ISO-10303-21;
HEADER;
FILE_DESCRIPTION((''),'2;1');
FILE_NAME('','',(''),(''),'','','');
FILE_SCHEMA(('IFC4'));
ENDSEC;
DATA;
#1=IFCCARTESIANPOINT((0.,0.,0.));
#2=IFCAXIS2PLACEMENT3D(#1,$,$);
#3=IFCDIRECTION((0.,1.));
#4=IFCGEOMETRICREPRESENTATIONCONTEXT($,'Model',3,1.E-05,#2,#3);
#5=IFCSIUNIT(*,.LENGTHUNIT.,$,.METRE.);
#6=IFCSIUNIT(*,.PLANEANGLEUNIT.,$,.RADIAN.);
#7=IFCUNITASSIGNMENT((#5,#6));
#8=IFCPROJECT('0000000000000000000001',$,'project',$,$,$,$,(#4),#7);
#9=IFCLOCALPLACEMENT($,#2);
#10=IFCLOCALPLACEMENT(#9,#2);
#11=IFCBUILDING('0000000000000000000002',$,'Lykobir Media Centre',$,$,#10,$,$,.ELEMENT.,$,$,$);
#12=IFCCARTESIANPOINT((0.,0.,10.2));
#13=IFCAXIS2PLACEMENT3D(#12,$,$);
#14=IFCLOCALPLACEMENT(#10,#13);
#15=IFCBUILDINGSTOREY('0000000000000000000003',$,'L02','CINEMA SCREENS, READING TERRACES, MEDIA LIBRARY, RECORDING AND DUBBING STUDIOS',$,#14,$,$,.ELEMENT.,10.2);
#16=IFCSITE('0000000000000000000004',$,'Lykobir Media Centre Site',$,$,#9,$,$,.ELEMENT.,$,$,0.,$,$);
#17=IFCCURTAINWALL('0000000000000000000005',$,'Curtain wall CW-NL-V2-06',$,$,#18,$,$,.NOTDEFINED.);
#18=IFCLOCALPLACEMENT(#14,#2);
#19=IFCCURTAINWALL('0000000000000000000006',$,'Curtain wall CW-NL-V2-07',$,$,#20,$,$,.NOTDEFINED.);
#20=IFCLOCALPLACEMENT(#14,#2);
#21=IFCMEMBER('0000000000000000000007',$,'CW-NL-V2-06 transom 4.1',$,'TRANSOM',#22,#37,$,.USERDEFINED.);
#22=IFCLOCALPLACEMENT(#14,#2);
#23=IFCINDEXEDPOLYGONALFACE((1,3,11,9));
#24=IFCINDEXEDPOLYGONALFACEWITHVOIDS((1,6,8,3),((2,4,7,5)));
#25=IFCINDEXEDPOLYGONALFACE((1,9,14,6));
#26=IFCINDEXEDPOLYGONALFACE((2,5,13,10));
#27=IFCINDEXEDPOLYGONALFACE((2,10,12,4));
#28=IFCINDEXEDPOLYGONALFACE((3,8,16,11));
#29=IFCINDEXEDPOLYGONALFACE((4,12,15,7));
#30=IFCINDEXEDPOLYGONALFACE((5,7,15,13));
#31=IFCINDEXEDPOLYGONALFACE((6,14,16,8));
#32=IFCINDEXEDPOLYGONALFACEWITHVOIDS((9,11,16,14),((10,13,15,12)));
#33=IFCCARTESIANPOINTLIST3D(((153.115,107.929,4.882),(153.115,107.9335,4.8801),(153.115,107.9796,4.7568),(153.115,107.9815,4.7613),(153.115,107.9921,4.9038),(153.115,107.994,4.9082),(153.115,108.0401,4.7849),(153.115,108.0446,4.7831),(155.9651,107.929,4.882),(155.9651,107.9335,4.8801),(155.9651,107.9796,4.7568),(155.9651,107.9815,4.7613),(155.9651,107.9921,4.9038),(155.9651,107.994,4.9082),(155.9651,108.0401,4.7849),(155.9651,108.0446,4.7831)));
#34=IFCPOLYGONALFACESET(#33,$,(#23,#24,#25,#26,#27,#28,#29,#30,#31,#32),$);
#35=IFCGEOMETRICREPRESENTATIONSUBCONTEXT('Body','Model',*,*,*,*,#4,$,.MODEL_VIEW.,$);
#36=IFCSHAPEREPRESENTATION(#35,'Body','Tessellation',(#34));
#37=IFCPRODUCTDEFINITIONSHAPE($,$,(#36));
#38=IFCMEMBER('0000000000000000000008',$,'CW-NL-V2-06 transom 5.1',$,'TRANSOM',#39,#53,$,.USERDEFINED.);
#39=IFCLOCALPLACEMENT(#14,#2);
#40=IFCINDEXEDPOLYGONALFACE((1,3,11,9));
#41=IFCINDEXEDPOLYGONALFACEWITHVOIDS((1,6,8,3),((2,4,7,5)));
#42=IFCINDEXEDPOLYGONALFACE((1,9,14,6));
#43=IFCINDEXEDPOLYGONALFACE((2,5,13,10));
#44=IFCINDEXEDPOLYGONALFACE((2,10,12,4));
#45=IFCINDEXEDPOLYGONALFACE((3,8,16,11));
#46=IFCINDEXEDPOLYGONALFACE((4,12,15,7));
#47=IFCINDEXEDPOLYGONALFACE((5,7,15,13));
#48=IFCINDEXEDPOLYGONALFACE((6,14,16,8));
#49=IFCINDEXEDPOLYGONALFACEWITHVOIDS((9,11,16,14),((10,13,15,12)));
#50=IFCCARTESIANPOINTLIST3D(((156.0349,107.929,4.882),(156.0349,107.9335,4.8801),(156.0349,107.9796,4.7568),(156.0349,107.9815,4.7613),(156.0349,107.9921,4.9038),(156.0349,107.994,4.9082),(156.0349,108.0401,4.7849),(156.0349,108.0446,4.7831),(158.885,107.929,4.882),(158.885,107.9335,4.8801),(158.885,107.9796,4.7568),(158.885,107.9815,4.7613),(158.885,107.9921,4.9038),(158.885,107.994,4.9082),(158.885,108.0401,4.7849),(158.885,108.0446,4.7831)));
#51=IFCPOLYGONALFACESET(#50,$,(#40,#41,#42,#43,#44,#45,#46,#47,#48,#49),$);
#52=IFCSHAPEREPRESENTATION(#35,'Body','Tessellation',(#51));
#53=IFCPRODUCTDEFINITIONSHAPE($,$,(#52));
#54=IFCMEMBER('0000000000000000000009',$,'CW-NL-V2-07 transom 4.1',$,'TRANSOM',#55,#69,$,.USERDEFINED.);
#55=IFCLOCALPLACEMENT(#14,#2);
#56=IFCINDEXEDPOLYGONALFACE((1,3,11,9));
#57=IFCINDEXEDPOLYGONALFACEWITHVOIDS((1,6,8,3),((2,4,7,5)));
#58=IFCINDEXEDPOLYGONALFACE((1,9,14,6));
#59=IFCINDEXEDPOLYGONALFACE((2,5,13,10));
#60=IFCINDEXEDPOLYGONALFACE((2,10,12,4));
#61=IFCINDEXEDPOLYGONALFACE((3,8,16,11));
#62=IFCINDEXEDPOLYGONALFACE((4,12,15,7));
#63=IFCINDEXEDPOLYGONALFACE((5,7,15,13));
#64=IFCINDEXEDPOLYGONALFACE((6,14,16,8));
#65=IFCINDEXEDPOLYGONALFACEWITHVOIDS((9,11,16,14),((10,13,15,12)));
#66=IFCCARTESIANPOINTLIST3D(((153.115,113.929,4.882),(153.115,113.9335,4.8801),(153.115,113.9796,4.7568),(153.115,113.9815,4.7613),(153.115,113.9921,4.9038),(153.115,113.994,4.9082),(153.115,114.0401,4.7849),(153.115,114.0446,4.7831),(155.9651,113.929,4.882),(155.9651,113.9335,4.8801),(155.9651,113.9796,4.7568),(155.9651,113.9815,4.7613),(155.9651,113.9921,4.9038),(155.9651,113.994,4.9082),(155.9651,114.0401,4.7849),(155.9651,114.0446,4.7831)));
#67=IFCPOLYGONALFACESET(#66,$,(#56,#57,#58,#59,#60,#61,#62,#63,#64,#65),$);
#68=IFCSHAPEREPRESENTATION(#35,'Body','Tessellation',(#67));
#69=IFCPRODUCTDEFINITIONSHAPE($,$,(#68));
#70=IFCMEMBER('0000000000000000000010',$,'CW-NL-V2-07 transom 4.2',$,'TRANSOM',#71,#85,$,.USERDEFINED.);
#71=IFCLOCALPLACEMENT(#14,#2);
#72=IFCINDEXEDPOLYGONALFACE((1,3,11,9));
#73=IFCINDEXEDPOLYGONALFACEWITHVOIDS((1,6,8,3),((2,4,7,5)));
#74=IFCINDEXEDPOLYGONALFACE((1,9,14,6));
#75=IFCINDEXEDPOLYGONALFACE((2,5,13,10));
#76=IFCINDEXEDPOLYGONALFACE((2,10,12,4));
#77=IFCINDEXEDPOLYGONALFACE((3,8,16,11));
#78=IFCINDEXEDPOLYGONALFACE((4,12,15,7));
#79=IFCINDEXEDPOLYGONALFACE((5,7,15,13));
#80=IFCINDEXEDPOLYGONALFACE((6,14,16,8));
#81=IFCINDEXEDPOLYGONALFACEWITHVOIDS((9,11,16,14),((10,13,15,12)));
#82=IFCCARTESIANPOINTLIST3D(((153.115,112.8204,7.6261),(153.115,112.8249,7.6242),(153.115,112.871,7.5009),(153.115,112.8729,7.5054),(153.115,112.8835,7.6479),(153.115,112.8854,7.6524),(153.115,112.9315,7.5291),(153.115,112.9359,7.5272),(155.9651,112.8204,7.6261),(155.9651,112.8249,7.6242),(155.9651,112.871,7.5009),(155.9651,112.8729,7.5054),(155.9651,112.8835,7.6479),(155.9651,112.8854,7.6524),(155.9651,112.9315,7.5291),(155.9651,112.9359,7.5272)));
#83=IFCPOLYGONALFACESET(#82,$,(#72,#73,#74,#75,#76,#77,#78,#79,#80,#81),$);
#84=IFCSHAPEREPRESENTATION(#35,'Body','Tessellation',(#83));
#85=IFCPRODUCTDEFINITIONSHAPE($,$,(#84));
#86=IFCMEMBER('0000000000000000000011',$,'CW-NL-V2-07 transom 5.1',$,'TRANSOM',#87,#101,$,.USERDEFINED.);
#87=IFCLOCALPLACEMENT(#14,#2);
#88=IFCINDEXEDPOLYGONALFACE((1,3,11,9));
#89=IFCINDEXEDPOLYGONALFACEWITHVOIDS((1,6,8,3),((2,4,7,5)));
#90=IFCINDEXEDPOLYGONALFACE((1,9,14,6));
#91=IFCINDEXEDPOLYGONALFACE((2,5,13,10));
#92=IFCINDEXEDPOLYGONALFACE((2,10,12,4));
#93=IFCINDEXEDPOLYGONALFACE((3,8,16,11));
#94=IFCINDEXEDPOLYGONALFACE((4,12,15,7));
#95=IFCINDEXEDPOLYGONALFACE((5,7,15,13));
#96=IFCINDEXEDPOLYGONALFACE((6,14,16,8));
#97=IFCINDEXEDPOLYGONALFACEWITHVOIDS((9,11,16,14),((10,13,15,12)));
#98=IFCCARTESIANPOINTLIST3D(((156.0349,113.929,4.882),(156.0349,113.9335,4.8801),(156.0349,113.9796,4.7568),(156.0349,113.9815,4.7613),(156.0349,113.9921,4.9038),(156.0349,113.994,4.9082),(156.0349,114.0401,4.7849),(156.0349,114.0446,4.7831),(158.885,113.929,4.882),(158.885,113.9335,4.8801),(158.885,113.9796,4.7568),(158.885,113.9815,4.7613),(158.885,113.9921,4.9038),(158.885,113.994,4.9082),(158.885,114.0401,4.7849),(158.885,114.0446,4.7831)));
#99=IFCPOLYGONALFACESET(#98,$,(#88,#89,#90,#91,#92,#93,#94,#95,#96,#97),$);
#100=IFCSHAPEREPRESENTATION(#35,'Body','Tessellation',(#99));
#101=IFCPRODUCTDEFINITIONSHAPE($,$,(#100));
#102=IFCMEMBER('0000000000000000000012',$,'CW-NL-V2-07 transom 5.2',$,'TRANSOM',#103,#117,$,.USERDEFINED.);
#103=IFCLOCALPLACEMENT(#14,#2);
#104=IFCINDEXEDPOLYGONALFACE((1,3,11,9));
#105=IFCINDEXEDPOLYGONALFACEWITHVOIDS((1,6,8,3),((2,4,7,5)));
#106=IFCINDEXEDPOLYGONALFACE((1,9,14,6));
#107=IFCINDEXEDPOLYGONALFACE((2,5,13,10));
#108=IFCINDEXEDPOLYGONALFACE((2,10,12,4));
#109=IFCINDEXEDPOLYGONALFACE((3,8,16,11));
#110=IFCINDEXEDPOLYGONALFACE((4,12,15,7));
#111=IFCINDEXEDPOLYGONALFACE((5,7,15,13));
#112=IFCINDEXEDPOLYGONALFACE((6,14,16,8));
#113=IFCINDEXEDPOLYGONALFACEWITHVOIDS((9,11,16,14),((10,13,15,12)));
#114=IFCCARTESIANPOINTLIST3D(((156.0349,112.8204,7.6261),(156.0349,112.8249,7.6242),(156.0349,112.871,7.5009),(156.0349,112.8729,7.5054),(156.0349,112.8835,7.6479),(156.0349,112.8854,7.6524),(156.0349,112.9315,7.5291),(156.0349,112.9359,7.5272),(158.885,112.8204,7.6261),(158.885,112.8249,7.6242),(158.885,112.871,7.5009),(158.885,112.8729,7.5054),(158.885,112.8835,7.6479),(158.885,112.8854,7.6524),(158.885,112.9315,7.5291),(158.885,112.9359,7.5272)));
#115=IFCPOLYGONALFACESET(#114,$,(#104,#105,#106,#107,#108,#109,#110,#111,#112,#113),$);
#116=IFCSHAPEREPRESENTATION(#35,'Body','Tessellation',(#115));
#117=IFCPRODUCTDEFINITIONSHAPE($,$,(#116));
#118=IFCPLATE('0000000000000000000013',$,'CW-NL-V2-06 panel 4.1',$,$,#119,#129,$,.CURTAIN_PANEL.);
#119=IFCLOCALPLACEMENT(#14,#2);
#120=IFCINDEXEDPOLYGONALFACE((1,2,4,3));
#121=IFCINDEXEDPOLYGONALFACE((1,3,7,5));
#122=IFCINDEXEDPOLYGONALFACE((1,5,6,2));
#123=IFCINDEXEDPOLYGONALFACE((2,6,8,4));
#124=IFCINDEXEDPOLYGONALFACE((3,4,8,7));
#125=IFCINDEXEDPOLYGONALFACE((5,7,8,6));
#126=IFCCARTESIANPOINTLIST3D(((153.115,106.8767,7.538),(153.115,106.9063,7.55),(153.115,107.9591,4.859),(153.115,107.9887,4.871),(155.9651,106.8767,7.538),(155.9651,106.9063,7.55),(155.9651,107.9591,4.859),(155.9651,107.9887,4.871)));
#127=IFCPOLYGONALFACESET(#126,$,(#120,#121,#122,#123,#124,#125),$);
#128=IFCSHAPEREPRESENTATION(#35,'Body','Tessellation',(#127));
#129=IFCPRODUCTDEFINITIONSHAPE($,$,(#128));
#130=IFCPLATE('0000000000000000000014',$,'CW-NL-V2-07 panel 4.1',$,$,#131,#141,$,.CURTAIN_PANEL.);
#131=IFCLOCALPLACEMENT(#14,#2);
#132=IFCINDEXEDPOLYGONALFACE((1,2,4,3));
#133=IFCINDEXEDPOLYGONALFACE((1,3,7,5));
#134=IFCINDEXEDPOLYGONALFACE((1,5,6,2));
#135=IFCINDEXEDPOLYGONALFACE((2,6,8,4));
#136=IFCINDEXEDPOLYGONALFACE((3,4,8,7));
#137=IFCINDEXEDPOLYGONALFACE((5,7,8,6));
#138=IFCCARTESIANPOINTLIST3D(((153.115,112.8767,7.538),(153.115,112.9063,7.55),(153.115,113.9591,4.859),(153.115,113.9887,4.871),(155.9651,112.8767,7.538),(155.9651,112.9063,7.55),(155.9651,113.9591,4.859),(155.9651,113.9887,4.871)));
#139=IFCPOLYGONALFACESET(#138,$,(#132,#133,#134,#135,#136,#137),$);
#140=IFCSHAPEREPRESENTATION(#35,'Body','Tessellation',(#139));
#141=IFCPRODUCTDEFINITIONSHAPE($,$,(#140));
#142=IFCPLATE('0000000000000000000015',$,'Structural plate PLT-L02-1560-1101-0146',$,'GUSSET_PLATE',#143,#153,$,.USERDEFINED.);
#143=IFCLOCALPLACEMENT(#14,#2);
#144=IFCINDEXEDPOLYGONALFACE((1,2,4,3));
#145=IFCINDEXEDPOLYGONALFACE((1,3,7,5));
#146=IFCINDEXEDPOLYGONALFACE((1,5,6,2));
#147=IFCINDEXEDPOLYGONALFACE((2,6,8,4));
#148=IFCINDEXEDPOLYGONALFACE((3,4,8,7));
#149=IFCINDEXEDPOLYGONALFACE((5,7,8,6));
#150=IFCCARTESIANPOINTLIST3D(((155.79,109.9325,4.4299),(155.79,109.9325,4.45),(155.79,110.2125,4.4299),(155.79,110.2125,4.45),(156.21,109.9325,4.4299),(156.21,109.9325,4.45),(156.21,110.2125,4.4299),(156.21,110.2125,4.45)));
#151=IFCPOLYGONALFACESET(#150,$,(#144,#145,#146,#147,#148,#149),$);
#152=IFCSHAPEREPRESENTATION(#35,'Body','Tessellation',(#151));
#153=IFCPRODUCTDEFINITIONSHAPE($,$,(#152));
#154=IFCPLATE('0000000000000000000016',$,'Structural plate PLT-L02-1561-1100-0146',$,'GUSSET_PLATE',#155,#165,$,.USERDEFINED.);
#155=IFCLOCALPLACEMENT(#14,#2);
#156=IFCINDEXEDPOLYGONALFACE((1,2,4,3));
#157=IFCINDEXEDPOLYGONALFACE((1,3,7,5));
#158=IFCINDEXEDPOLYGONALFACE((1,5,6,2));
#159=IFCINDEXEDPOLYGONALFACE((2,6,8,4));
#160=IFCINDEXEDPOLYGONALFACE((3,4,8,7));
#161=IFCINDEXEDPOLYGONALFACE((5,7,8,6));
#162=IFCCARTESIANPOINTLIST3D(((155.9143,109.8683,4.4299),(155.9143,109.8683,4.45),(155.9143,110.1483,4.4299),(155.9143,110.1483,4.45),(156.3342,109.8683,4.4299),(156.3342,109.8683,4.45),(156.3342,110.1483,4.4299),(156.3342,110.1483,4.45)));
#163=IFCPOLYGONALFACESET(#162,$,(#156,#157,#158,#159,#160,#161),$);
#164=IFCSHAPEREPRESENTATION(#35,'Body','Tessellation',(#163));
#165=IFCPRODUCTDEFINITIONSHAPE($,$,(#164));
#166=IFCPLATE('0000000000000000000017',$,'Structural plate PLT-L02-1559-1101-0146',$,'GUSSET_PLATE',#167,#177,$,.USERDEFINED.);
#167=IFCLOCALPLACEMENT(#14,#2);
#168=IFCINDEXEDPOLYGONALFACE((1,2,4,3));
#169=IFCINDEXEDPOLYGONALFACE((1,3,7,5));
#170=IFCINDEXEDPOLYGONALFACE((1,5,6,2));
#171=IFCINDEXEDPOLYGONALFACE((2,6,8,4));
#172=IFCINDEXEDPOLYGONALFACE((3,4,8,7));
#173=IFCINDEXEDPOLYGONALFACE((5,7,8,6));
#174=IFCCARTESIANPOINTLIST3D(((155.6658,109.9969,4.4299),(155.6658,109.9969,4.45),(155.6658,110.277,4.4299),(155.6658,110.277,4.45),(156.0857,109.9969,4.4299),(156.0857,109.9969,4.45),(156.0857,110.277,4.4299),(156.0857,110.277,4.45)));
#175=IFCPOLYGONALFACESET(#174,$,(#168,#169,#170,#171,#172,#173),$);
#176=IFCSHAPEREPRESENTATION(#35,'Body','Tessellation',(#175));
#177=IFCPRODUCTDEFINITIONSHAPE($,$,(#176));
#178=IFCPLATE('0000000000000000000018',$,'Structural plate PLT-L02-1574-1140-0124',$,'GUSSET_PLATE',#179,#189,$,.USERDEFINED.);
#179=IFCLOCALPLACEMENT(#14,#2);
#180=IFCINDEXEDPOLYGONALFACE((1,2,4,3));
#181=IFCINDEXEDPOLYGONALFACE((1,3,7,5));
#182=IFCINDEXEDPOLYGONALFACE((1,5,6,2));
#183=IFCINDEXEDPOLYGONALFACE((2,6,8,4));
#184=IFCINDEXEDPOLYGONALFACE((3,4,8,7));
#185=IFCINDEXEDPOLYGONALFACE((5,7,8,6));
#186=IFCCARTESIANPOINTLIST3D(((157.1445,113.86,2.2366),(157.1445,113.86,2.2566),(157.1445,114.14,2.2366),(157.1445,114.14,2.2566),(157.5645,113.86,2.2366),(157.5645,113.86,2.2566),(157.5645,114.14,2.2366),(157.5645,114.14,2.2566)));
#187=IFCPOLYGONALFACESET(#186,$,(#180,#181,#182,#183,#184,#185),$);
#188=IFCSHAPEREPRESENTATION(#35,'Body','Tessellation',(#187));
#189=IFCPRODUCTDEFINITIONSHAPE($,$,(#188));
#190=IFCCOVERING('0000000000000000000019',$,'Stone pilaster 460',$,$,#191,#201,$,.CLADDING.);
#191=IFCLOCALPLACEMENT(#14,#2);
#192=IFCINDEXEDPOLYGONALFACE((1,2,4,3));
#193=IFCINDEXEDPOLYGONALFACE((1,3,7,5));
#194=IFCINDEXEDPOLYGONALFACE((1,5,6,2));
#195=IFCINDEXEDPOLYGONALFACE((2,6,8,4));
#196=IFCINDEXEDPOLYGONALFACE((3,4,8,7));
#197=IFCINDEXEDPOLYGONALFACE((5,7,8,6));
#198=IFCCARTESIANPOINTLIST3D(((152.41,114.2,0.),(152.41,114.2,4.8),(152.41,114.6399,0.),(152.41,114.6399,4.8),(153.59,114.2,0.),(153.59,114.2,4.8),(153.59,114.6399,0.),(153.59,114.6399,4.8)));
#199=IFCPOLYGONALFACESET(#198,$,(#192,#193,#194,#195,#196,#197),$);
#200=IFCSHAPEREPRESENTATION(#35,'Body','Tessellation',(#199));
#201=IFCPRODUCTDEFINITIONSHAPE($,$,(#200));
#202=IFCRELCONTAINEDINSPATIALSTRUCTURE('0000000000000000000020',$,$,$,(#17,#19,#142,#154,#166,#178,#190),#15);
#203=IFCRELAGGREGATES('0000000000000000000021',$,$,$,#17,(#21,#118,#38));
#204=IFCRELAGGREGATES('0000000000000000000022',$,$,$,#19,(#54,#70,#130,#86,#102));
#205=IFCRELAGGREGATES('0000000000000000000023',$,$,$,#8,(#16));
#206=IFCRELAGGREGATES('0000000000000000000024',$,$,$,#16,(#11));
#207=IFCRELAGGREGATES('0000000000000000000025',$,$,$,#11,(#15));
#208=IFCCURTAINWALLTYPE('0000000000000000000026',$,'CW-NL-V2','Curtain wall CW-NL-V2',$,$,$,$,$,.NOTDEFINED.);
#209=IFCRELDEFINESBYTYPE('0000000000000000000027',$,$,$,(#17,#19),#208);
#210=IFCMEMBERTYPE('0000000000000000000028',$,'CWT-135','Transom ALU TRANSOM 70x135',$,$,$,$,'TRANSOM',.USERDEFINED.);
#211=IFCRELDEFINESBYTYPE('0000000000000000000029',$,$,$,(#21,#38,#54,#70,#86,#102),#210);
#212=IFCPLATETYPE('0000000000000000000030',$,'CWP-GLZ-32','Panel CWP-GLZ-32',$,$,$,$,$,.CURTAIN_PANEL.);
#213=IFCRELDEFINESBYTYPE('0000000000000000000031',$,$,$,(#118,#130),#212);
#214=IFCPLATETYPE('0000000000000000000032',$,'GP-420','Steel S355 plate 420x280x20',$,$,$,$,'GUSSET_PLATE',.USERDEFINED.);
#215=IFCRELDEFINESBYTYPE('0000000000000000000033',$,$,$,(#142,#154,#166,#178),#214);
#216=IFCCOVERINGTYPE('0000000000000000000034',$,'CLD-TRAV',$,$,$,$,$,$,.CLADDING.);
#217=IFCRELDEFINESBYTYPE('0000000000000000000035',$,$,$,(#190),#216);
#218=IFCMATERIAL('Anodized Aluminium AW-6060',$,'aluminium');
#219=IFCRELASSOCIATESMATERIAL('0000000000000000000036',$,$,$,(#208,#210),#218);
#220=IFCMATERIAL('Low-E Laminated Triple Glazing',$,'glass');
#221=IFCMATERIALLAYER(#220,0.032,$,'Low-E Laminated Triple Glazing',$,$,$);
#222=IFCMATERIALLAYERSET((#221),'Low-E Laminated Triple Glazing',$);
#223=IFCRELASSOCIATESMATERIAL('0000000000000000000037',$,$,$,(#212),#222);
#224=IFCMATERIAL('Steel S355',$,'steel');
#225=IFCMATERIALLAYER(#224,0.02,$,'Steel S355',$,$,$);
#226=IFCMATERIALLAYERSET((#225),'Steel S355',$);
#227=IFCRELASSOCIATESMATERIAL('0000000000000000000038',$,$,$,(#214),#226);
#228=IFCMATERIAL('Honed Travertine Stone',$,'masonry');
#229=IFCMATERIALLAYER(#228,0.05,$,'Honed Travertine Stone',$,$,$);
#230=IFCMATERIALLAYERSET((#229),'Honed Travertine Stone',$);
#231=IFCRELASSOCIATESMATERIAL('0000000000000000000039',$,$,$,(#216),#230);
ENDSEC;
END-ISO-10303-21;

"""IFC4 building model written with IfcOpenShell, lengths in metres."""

from ifc_helpers import new_model, si_unit, direction, frame, origin, origin_2d, place, context, subcontext, project, spatial, rectangle, hollow_rectangle, extrude, material, layer, layer_set, material_profile, profile_set, type_object, element, aggregate, save


model = new_model("IFC4")

# Units and contexts
model_context = context("Model", 3, precision=1e-05, world=origin(), true_north=direction((0.0, 1.0)))
body_context = subcontext(model_context, "Body", "Model", "MODEL_VIEW")
ifc_project = project(units=[si_unit("LENGTHUNIT", "METRE"), si_unit("PLANEANGLEUNIT", "RADIAN")], contexts=[model_context])

# Site, building, storey
site_placement = place(None, origin())
site = spatial("IfcSite", under=ifc_project, at=site_placement, Name="Lykobir Media Centre Site", CompositionType="ELEMENT", RefElevation=0.0)
building_placement = place(site_placement, origin())
building = spatial("IfcBuilding", under=site, at=building_placement, Name="Lykobir Media Centre", CompositionType="ELEMENT")
storey_placement = place(building_placement, frame((0.0, 0.0, 10.2)))
storey = spatial("IfcBuildingStorey", under=building, at=storey_placement, Name="L02", Description="CINEMA SCREENS, READING TERRACES, MEDIA LIBRARY, RECORDING AND DUBBING STUDIOS", CompositionType="ELEMENT", Elevation=10.2)

# Shared definitions
ifc_material_1 = material(Name="Steel S355", Category="steel")

# Curtain walls
ifc_material_2 = material(Name="Anodized Aluminium AW-6060", Category="aluminium")
curtain_wall_type = type_object("IfcCurtainWallType", Name="CW-NL-V2", Description="Curtain wall CW-NL-V2", PredefinedType="NOTDEFINED", material=ifc_material_2)
curtain_wall_1_placement = place(storey_placement, origin())
curtain_wall_1 = element("IfcCurtainWall", 1, at=curtain_wall_1_placement, inside=storey, type_object=curtain_wall_type, Name="Curtain wall CW-NL-V2-06", PredefinedType="NOTDEFINED")
curtain_wall_2_placement = place(storey_placement, origin())
curtain_wall_2 = element("IfcCurtainWall", 2, at=curtain_wall_2_placement, inside=storey, type_object=curtain_wall_type, Name="Curtain wall CW-NL-V2-07", PredefinedType="NOTDEFINED")

# Members
ifc_material_profile_1 = material_profile(ifc_material_2, hollow_rectangle(XDim=0.0701, YDim=0.135, WallThickness=0.0034, at=origin_2d()), Name="ALU TRANSOM 70x135")
ifc_profile_set_1 = profile_set([ifc_material_profile_1], Name="Anodized Aluminium AW-6060")
member_type_1 = type_object("IfcMemberType", Name="CWT-135", Description="Transom ALU TRANSOM 70x135", ElementType="TRANSOM", PredefinedType="USERDEFINED", material=ifc_profile_set_1)
member_1_placement = place(storey_placement, frame((153.115, 107.9868, 4.8325), z_axis=(1.0, 0.0, 0.0), x_axis=(0.0, 0.927184, 0.374607)))
member_1 = element("IfcMember", 3, at=member_1_placement, type_object=member_type_1, Name="CW-NL-V2-06 transom 4.1", ObjectType="TRANSOM", PredefinedType="USERDEFINED", context=body_context, shape_type="SweptSolid", body=[
    extrude(hollow_rectangle(XDim=0.0701, YDim=0.135, WallThickness=0.0034, at=origin_2d()), origin(), (0.0, 0.0, 1.0), 2.8501),
])
member_2_placement = place(storey_placement, frame((156.0349, 107.9868, 4.8325), z_axis=(1.0, 0.0, 0.0), x_axis=(0.0, 0.927184, 0.374607)))
member_2 = element("IfcMember", 4, at=member_2_placement, type_object=member_type_1, Name="CW-NL-V2-06 transom 5.1", ObjectType="TRANSOM", PredefinedType="USERDEFINED", context=body_context, shape_type="SweptSolid", body=[
    extrude(hollow_rectangle(XDim=0.0701, YDim=0.135, WallThickness=0.0034, at=origin_2d()), origin(), (0.0, 0.0, 1.0), 2.8501),
])
member_3_placement = place(storey_placement, frame((153.115, 113.9868, 4.8325), z_axis=(1.0, 0.0, 0.0), x_axis=(0.0, 0.927184, 0.374607)))
member_3 = element("IfcMember", 5, at=member_3_placement, type_object=member_type_1, Name="CW-NL-V2-07 transom 4.1", ObjectType="TRANSOM", PredefinedType="USERDEFINED", context=body_context, shape_type="SweptSolid", body=[
    extrude(hollow_rectangle(XDim=0.0701, YDim=0.135, WallThickness=0.0034, at=origin_2d()), origin(), (0.0, 0.0, 1.0), 2.8501),
])
member_4_placement = place(storey_placement, frame((153.115, 112.8782, 7.5767), z_axis=(1.0, 0.0, 0.0), x_axis=(0.0, 0.927184, 0.374607)))
member_4 = element("IfcMember", 6, at=member_4_placement, type_object=member_type_1, Name="CW-NL-V2-07 transom 4.2", ObjectType="TRANSOM", PredefinedType="USERDEFINED", context=body_context, shape_type="SweptSolid", body=[
    extrude(hollow_rectangle(XDim=0.0701, YDim=0.135, WallThickness=0.0034, at=origin_2d()), origin(), (0.0, 0.0, 1.0), 2.8501),
])
member_5_placement = place(storey_placement, frame((156.0349, 113.9868, 4.8325), z_axis=(1.0, 0.0, 0.0), x_axis=(0.0, 0.927184, 0.374607)))
member_5 = element("IfcMember", 7, at=member_5_placement, type_object=member_type_1, Name="CW-NL-V2-07 transom 5.1", ObjectType="TRANSOM", PredefinedType="USERDEFINED", context=body_context, shape_type="SweptSolid", body=[
    extrude(hollow_rectangle(XDim=0.0701, YDim=0.135, WallThickness=0.0034, at=origin_2d()), origin(), (0.0, 0.0, 1.0), 2.8501),
])
member_6_placement = place(storey_placement, frame((156.0349, 112.8782, 7.5767), z_axis=(1.0, 0.0, 0.0), x_axis=(0.0, 0.927184, 0.374607)))
member_6 = element("IfcMember", 8, at=member_6_placement, type_object=member_type_1, Name="CW-NL-V2-07 transom 5.2", ObjectType="TRANSOM", PredefinedType="USERDEFINED", context=body_context, shape_type="SweptSolid", body=[
    extrude(hollow_rectangle(XDim=0.0701, YDim=0.135, WallThickness=0.0034, at=origin_2d()), origin(), (0.0, 0.0, 1.0), 2.8501),
])

# Plates
ifc_material_3 = material(Name="Low-E Laminated Triple Glazing", Category="glass")
ifc_layer_1 = layer(ifc_material_3, 0.032, Name="Low-E Laminated Triple Glazing")
ifc_layer_set_1 = layer_set([ifc_layer_1], Name="Low-E Laminated Triple Glazing")
plate_type_1 = type_object("IfcPlateType", Name="CWP-GLZ-32", Description="Panel CWP-GLZ-32", PredefinedType="CURTAIN_PANEL", material=ifc_layer_set_1)
plate_1_placement = place(storey_placement, frame((154.54, 107.9739, 4.865), z_axis=(0.0, -0.374607, 0.927184), x_axis=(1.0, 0.0, 0.0)))
plate_1 = element("IfcPlate", 9, at=plate_1_placement, type_object=plate_type_1, Name="CW-NL-V2-06 panel 4.1", PredefinedType="CURTAIN_PANEL", context=body_context, shape_type="SweptSolid", body=[
    extrude(rectangle(XDim=2.8501, YDim=0.032, at=origin_2d()), origin(), (0.0, 0.0, 1.0), 2.8894),
])
aggregate(curtain_wall_1, [member_1, plate_1, member_2])
plate_2_placement = place(storey_placement, frame((154.54, 113.9739, 4.865), z_axis=(0.0, -0.374607, 0.927184), x_axis=(1.0, 0.0, 0.0)))
plate_2 = element("IfcPlate", 10, at=plate_2_placement, type_object=plate_type_1, Name="CW-NL-V2-07 panel 4.1", PredefinedType="CURTAIN_PANEL", context=body_context, shape_type="SweptSolid", body=[
    extrude(rectangle(XDim=2.8501, YDim=0.032, at=origin_2d()), origin(), (0.0, 0.0, 1.0), 2.8894),
])
aggregate(curtain_wall_2, [member_3, member_4, plate_2, member_5, member_6])

# Plates
ifc_layer_2 = layer(ifc_material_1, 0.02, Name="Steel S355")
ifc_layer_set_2 = layer_set([ifc_layer_2], Name="Steel S355")
plate_type_2 = type_object("IfcPlateType", Name="GP-420", Description="Steel S355 plate 420x280x20", ElementType="GUSSET_PLATE", PredefinedType="USERDEFINED", material=ifc_layer_set_2)
for number, where, z_axis, x_axis, name in (
    (11, (156.0, 110.0725, 4.4299), (0.0, 0.0, 1.0), (1.0, 0.0, 0.0), "Structural plate PLT-L02-1560-1101-0146"),
    (12, (156.1243, 110.0083, 4.4299), (0.0, 0.0, 1.0), (1.0, 0.0, 0.0), "Structural plate PLT-L02-1561-1100-0146"),
    (13, (155.8757, 110.137, 4.4299), (0.0, 0.0, 1.0), (1.0, 0.0, 0.0), "Structural plate PLT-L02-1559-1101-0146"),
    (14, (157.3545, 114.0, 2.2366), (0.0, 0.0, 1.0), (1.0, 0.0, 0.0), "Structural plate PLT-L02-1574-1140-0124"),
):
    element("IfcPlate", number, at=place(storey_placement, frame(where, z_axis=z_axis, x_axis=x_axis)), inside=storey, type_object=plate_type_2, Name=name, ObjectType="GUSSET_PLATE", PredefinedType="USERDEFINED", context=body_context, shape_type="SweptSolid", body=[
        extrude(rectangle(XDim=0.4199, YDim=0.28, at=origin_2d()), origin(), (0.0, 0.0, 1.0), 0.02),
    ])

# Covering
ifc_material_4 = material(Name="Honed Travertine Stone", Category="masonry")
ifc_layer_3 = layer(ifc_material_4, 0.05, Name="Honed Travertine Stone")
ifc_layer_set_3 = layer_set([ifc_layer_3], Name="Honed Travertine Stone")
covering_type = type_object("IfcCoveringType", Name="CLD-TRAV", PredefinedType="CLADDING", material=ifc_layer_set_3)
covering_placement = place(storey_placement, frame((153.0, 114.4199, 0.0), z_axis=(0.0, 0.0, 1.0), x_axis=(-1.0, 0.0, 0.0)))
element("IfcCovering", 15, at=covering_placement, inside=storey, type_object=covering_type, Name="Stone pilaster 460", PredefinedType="CLADDING", context=body_context, shape_type="SweptSolid", body=[
    extrude(rectangle(XDim=1.1799, YDim=0.4399, at=origin_2d()), origin(), (0.0, 0.0, 1.0), 4.8),
])

save(model, "model.ifc")
